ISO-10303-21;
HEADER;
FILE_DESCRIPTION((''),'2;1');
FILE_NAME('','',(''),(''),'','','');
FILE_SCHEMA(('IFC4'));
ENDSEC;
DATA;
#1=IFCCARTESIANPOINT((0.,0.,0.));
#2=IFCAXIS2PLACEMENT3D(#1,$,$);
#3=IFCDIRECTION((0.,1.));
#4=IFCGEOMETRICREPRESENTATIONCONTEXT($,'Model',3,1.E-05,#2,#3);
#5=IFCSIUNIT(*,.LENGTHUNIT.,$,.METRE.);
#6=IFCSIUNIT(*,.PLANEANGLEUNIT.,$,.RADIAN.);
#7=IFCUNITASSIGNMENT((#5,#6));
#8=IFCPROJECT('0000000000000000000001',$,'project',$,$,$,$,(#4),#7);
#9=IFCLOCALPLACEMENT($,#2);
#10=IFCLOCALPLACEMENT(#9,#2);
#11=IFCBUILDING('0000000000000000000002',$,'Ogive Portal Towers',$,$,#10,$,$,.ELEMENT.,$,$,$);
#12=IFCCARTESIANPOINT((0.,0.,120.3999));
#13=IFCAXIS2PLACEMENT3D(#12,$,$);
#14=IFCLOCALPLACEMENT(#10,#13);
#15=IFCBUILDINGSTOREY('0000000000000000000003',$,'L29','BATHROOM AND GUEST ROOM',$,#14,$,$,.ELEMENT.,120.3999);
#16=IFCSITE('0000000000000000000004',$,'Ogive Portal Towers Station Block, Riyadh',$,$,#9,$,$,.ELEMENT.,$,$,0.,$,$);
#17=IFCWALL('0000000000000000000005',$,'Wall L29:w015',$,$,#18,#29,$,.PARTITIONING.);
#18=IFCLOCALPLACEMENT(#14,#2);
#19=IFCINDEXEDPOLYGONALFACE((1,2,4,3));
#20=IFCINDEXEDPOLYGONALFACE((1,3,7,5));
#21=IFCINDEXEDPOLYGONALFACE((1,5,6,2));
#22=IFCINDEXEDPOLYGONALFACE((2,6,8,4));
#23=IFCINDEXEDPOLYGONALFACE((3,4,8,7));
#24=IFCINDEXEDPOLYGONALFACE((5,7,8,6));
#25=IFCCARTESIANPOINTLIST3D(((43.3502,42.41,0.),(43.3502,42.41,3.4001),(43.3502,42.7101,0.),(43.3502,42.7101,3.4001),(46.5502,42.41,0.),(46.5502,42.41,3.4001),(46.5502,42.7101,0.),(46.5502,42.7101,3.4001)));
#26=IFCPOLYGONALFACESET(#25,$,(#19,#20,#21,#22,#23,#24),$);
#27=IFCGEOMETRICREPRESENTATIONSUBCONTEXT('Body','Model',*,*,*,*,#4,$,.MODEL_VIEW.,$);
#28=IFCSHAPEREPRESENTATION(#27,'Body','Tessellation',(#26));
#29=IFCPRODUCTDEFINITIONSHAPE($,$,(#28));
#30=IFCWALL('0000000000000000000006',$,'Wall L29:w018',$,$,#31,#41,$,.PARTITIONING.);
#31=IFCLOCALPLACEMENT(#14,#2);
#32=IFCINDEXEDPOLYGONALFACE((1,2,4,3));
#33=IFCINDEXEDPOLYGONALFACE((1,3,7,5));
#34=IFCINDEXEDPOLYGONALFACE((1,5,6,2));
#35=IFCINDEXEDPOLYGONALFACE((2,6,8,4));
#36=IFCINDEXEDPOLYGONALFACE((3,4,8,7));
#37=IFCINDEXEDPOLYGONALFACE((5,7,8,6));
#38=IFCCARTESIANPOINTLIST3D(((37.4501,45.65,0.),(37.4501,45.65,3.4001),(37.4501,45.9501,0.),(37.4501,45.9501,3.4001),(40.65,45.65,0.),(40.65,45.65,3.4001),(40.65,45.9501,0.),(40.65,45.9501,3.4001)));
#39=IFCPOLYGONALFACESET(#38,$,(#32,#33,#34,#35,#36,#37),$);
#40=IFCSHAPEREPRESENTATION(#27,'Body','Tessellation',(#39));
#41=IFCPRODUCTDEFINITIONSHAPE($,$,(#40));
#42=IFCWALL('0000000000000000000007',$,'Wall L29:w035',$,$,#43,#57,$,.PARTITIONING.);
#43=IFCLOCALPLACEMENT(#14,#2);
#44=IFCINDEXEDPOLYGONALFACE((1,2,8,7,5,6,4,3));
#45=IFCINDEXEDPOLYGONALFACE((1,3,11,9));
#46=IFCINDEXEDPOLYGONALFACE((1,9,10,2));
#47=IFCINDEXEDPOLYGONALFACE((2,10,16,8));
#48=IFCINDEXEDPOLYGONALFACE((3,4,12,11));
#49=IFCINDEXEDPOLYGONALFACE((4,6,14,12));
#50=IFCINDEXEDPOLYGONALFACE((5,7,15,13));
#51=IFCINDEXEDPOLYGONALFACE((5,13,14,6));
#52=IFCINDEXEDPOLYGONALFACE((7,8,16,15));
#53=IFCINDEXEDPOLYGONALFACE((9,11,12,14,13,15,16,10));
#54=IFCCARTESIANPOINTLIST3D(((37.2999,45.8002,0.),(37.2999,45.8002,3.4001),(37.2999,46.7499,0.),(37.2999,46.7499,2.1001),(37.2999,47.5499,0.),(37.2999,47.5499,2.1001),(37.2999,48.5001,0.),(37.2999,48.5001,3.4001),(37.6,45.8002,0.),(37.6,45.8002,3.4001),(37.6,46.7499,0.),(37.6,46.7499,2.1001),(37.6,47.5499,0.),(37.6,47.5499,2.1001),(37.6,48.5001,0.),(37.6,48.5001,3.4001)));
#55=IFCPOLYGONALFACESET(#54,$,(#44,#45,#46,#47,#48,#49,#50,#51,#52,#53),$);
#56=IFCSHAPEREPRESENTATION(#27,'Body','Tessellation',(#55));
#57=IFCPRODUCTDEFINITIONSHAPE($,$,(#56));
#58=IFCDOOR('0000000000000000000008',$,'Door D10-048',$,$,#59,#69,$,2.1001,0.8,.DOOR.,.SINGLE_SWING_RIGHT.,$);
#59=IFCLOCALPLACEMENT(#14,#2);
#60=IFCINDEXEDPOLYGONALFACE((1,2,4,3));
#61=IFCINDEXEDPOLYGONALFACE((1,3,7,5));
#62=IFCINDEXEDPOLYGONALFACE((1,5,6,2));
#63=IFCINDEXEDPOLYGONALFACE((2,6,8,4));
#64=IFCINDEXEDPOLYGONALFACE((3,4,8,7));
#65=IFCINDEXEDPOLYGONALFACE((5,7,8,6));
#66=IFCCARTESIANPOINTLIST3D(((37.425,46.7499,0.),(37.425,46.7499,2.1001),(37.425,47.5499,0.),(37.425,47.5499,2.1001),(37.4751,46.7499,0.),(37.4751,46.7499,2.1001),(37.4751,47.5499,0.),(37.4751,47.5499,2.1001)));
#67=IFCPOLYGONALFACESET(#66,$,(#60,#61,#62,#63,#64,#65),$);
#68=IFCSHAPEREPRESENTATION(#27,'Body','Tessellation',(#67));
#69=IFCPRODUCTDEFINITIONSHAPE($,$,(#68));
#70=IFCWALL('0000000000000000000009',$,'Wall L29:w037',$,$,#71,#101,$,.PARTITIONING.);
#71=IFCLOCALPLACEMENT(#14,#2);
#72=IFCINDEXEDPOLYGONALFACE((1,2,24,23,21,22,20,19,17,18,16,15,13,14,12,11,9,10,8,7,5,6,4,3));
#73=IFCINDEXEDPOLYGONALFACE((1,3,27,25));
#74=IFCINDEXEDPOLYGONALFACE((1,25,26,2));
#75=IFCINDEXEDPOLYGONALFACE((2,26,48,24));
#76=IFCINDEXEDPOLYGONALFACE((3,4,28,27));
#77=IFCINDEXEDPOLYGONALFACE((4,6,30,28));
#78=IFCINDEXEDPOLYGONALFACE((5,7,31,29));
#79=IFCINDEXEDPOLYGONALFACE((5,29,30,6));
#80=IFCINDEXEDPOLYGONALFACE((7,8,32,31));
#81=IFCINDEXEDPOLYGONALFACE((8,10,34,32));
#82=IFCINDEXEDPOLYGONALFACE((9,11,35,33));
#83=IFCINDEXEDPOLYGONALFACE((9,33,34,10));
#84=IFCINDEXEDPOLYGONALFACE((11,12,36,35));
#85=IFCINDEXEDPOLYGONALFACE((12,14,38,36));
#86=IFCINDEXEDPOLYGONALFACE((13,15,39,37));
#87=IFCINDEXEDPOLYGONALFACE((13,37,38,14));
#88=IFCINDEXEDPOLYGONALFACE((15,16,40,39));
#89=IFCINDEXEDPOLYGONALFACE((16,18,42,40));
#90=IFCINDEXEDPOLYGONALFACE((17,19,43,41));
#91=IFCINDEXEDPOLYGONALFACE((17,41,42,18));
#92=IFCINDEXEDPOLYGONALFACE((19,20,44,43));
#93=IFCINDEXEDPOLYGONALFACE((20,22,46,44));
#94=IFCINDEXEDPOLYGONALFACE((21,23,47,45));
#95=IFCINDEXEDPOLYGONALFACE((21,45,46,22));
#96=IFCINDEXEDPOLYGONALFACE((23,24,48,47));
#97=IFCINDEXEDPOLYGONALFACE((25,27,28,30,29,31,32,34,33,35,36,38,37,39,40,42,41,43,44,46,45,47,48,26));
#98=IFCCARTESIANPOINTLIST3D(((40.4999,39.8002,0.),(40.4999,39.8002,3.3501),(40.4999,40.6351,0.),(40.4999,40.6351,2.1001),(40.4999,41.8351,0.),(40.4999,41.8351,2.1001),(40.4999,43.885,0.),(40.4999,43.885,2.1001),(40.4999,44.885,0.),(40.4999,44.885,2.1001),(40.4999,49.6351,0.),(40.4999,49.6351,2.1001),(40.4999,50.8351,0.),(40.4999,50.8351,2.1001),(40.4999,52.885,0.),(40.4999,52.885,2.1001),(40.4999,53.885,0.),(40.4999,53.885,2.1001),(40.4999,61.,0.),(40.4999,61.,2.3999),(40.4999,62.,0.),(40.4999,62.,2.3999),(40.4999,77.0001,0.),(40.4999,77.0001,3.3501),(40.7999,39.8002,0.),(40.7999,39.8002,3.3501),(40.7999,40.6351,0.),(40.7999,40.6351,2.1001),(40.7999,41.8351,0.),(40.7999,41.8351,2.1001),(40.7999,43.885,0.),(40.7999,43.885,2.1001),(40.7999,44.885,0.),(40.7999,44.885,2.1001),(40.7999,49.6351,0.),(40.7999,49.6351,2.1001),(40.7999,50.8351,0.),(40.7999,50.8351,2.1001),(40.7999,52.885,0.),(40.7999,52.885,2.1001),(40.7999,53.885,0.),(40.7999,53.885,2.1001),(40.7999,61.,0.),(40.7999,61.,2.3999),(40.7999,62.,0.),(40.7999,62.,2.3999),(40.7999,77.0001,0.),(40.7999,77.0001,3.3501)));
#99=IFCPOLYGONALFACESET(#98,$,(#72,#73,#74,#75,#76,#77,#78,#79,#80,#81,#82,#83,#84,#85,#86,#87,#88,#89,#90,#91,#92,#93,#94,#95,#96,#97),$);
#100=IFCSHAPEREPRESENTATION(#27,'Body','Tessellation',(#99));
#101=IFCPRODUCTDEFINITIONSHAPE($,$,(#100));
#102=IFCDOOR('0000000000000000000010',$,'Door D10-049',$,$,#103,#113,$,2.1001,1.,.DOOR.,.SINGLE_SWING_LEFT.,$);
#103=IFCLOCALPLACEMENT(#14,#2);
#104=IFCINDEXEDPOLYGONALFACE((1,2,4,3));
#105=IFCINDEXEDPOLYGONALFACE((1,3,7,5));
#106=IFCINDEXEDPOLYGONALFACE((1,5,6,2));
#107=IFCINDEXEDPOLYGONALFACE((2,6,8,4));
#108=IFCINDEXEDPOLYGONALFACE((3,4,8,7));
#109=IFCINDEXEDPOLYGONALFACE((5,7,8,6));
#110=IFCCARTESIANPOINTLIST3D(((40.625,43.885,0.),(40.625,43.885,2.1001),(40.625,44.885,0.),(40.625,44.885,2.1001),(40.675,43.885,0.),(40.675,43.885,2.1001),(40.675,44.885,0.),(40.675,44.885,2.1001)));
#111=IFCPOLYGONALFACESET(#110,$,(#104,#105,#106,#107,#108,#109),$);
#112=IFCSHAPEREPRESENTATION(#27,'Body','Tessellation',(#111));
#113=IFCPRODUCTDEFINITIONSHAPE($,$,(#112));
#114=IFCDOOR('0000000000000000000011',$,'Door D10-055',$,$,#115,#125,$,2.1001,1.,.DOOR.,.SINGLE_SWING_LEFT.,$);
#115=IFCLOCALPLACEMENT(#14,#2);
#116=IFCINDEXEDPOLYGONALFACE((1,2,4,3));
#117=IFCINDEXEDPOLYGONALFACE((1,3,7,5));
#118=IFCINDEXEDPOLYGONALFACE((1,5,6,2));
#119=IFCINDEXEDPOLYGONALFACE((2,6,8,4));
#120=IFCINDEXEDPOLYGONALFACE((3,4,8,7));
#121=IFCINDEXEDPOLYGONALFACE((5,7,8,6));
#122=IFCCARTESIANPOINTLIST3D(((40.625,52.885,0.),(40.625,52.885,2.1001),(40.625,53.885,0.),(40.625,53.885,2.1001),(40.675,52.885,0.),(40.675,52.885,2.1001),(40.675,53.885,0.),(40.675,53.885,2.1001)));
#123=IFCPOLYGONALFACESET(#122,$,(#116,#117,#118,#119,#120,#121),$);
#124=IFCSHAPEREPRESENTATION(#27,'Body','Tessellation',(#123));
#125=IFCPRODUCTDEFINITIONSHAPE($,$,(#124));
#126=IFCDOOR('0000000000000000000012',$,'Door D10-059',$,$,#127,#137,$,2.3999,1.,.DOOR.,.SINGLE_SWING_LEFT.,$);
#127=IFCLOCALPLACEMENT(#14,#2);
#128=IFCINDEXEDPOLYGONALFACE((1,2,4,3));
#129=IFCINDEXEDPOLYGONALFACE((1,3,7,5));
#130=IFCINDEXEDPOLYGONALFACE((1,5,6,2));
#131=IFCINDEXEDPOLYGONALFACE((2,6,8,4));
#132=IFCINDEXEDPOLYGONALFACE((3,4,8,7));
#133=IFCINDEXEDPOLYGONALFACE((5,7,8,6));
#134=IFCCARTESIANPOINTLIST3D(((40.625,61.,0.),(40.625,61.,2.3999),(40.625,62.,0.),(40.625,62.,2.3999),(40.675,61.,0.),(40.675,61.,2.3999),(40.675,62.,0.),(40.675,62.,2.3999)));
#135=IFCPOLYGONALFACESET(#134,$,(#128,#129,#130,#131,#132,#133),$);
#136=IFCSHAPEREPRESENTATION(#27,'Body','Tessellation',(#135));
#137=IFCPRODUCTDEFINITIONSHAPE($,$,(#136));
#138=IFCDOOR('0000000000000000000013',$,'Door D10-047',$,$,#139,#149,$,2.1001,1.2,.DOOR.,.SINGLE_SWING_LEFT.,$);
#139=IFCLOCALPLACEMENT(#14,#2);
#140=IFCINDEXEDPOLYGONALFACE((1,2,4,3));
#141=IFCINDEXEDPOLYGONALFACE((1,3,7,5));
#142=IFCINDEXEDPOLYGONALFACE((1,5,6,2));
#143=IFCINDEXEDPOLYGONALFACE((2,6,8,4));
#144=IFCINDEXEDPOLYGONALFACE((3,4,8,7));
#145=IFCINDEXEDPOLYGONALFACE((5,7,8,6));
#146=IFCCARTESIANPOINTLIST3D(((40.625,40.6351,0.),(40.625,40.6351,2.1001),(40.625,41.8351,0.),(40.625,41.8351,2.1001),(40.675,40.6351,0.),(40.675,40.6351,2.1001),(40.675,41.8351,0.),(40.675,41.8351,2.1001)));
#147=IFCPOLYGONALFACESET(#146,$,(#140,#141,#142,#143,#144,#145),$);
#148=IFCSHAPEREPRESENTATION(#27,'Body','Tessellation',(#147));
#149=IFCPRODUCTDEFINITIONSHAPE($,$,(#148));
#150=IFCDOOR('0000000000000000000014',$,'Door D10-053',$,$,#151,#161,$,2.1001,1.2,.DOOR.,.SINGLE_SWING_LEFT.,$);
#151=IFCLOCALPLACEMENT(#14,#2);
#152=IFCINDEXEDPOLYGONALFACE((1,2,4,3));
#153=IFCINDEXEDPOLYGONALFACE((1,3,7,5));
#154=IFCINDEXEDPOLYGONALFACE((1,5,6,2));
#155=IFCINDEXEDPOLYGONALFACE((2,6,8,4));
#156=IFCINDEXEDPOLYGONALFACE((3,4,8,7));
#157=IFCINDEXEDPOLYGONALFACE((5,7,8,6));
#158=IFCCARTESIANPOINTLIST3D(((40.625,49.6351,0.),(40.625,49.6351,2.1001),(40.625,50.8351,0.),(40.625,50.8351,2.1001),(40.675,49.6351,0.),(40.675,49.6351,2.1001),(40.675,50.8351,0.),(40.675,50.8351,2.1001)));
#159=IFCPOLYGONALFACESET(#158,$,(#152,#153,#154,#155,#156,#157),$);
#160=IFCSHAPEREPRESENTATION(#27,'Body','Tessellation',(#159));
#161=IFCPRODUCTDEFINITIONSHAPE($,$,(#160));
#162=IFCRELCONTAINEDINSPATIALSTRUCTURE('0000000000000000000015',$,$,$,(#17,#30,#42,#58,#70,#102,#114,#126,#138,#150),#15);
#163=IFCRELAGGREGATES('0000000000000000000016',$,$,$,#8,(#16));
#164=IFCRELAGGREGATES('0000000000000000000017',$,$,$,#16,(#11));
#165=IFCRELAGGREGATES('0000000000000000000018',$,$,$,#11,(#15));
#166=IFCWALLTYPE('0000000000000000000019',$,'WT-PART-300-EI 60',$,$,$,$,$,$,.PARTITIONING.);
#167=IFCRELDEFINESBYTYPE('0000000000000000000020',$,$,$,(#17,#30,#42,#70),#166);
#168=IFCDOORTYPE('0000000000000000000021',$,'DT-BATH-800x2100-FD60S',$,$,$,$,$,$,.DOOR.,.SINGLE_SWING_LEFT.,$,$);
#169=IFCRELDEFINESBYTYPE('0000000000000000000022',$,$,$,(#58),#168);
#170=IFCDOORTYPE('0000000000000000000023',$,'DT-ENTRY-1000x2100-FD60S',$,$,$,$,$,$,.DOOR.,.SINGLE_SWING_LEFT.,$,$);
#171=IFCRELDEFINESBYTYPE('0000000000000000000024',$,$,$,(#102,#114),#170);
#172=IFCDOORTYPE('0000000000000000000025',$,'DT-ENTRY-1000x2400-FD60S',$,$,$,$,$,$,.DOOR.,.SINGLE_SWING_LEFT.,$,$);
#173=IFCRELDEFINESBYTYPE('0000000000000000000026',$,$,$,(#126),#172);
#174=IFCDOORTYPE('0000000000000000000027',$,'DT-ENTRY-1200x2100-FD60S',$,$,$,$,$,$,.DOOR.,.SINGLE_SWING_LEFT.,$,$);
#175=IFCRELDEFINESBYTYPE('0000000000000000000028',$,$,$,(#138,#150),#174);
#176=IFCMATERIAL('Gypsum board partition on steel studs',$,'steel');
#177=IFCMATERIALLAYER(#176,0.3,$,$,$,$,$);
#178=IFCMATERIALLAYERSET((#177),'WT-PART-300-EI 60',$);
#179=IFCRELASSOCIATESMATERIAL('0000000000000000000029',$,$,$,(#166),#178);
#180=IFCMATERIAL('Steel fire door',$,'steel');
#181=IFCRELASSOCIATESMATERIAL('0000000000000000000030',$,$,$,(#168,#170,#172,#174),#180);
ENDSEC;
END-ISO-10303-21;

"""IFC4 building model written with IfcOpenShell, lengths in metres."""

from ifc_helpers import new_model, si_unit, direction, frame, frame_2d, origin, place, context, subcontext, project, spatial, rectangle, extrude, material, layer, layer_set, type_object, element, fill, save


model = new_model("IFC4")

# Units and contexts
model_context = context("Model", 3, precision=1e-05, world=origin(), true_north=direction((0.0, 1.0)))
body_context = subcontext(model_context, "Body", "Model", "MODEL_VIEW")
ifc_project = project(units=[si_unit("LENGTHUNIT", "METRE"), si_unit("PLANEANGLEUNIT", "RADIAN")], contexts=[model_context])

# Site, building, storey
site_placement = place(None, origin())
site = spatial("IfcSite", under=ifc_project, at=site_placement, Name="Ogive Portal Towers Station Block, Riyadh", CompositionType="ELEMENT", RefElevation=0.0)
building_placement = place(site_placement, origin())
building = spatial("IfcBuilding", under=site, at=building_placement, Name="Ogive Portal Towers", CompositionType="ELEMENT")
storey_placement = place(building_placement, frame((0.0, 0.0, 120.3999)))
storey = spatial("IfcBuildingStorey", under=building, at=storey_placement, Name="L29", Description="BATHROOM AND GUEST ROOM", CompositionType="ELEMENT", Elevation=120.3999)

# Walls
ifc_material_1 = material(Name="Gypsum board partition on steel studs", Category="steel")
ifc_layer_1 = layer(ifc_material_1, 0.3)
ifc_layer_set_1 = layer_set([ifc_layer_1], Name="WT-PART-300-EI 60")
wall_type_1 = type_object("IfcWallType", Name="WT-PART-300-EI 60", PredefinedType="PARTITIONING", material=ifc_layer_set_1)
for number, where, z_axis, x_axis, name in (
    (1, (43.3501, 42.5601, 0.0), (0.0, 0.0, 1.0), (1.0, 0.0, 0.0), "Wall L29:w015"),
    (2, (37.45, 45.8, 0.0), (0.0, 0.0, 1.0), (1.0, 0.0, 0.0), "Wall L29:w018"),
):
    element("IfcWall", number, at=place(storey_placement, frame(where, z_axis=z_axis, x_axis=x_axis)), inside=storey, type_object=wall_type_1, Name=name, PredefinedType="PARTITIONING", context=body_context, shape_type="SweptSolid", body=[
        extrude(rectangle(XDim=3.2, YDim=0.3, at=frame_2d((1.6001, 0.0))), origin(), (0.0, 0.0, 1.0), 3.4001),
    ])

# Wall, opening, door
wall_1_placement = place(storey_placement, frame((37.45, 45.8, 0.0), z_axis=(0.0, 0.0, 1.0), x_axis=(0.0, 1.0, 0.0)))
wall_1 = element("IfcWall", 3, at=wall_1_placement, inside=storey, type_object=wall_type_1, Name="Wall L29:w035", PredefinedType="PARTITIONING", context=body_context, shape_type="SweptSolid", body=[
    extrude(rectangle(XDim=2.7, YDim=0.3, at=frame_2d((1.3501, 0.0))), origin(), (0.0, 0.0, 1.0), 3.4001),
])
opening_1_placement = place(wall_1_placement, frame((0.95, 0.0, 0.0)))
opening_1 = element("IfcOpeningElement", 4, at=opening_1_placement, cuts=wall_1, PredefinedType="OPENING", context=body_context, shape_type="SweptSolid", body=[
    extrude(rectangle(XDim=0.8, YDim=2.1001, at=frame_2d((0.3999, 1.05))), frame((0.0, 0.1602, 0.0), z_axis=(0.0, -1.0, 0.0), x_axis=(1.0, 0.0, 0.0)), (0.0, 0.0, 1.0), 0.3201),
])
ifc_material_2 = material(Name="Steel fire door", Category="steel")
door_type_1 = type_object("IfcDoorType", Name="DT-BATH-800x2100-FD60S", OperationType="SINGLE_SWING_LEFT", PredefinedType="DOOR", material=ifc_material_2)
door_1_placement = place(opening_1_placement, origin())
door_1 = element("IfcDoor", 5, at=door_1_placement, inside=storey, type_object=door_type_1, Name="Door D10-048", OperationType="SINGLE_SWING_RIGHT", OverallHeight=2.1001, OverallWidth=0.8, PredefinedType="DOOR", context=body_context, shape_type="SweptSolid", body=[
    extrude(rectangle(XDim=0.8, YDim=2.1001, at=frame_2d((0.3999, 1.05))), frame((0.0, 0.0249, 0.0), z_axis=(0.0, -1.0, 0.0), x_axis=(1.0, 0.0, 0.0)), (0.0, 0.0, 1.0), 0.05),
])
fill(opening_1, door_1)

# Wall, openings, doors
wall_2_placement = place(storey_placement, frame((40.6499, 39.8, 0.0), z_axis=(0.0, 0.0, 1.0), x_axis=(0.0, 1.0, 0.0)))
wall_2 = element("IfcWall", 6, at=wall_2_placement, inside=storey, type_object=wall_type_1, Name="Wall L29:w037", PredefinedType="PARTITIONING", context=body_context, shape_type="SweptSolid", body=[
    extrude(rectangle(XDim=37.2, YDim=0.3, at=frame_2d((18.6001, 0.0))), origin(), (0.0, 0.0, 1.0), 3.3501),
])
opening_2_placement = place(wall_2_placement, frame((0.835, 0.0, 0.0)))
opening_2 = element("IfcOpeningElement", 7, at=opening_2_placement, cuts=wall_2, PredefinedType="OPENING", context=body_context, shape_type="SweptSolid", body=[
    extrude(rectangle(XDim=1.2, YDim=2.1001, at=frame_2d((0.6001, 1.05))), frame((0.0, 0.1602, 0.0), z_axis=(0.0, -1.0, 0.0), x_axis=(1.0, 0.0, 0.0)), (0.0, 0.0, 1.0), 0.3201),
])
opening_3_placement = place(wall_2_placement, frame((4.085, 0.0, 0.0)))
opening_3 = element("IfcOpeningElement", 8, at=opening_3_placement, cuts=wall_2, PredefinedType="OPENING", context=body_context, shape_type="SweptSolid", body=[
    extrude(rectangle(XDim=1.0, YDim=2.1001, at=frame_2d((0.5, 1.05))), frame((0.0, 0.1602, 0.0), z_axis=(0.0, -1.0, 0.0), x_axis=(1.0, 0.0, 0.0)), (0.0, 0.0, 1.0), 0.3201),
])
opening_4_placement = place(wall_2_placement, frame((9.835, 0.0, 0.0)))
opening_4 = element("IfcOpeningElement", 9, at=opening_4_placement, cuts=wall_2, PredefinedType="OPENING", context=body_context, shape_type="SweptSolid", body=[
    extrude(rectangle(XDim=1.2, YDim=2.1001, at=frame_2d((0.6001, 1.05))), frame((0.0, 0.1602, 0.0), z_axis=(0.0, -1.0, 0.0), x_axis=(1.0, 0.0, 0.0)), (0.0, 0.0, 1.0), 0.3201),
])
opening_5_placement = place(wall_2_placement, frame((13.085, 0.0, 0.0)))
opening_5 = element("IfcOpeningElement", 10, at=opening_5_placement, cuts=wall_2, PredefinedType="OPENING", context=body_context, shape_type="SweptSolid", body=[
    extrude(rectangle(XDim=1.0, YDim=2.1001, at=frame_2d((0.5, 1.05))), frame((0.0, 0.1602, 0.0), z_axis=(0.0, -1.0, 0.0), x_axis=(1.0, 0.0, 0.0)), (0.0, 0.0, 1.0), 0.3201),
])
opening_6_placement = place(wall_2_placement, frame((21.2, 0.0, 0.0)))
opening_6 = element("IfcOpeningElement", 11, at=opening_6_placement, cuts=wall_2, PredefinedType="OPENING", context=body_context, shape_type="SweptSolid", body=[
    extrude(rectangle(XDim=1.0, YDim=2.3999, at=frame_2d((0.5, 1.2))), frame((0.0, 0.1602, 0.0), z_axis=(0.0, -1.0, 0.0), x_axis=(1.0, 0.0, 0.0)), (0.0, 0.0, 1.0), 0.3201),
])
door_type_2 = type_object("IfcDoorType", Name="DT-ENTRY-1000x2100-FD60S", OperationType="SINGLE_SWING_LEFT", PredefinedType="DOOR", material=ifc_material_2)
door_2_placement = place(opening_3_placement, origin())
door_2 = element("IfcDoor", 12, at=door_2_placement, inside=storey, type_object=door_type_2, Name="Door D10-049", OperationType="SINGLE_SWING_LEFT", OverallHeight=2.1001, OverallWidth=1.0, PredefinedType="DOOR", context=body_context, shape_type="SweptSolid", body=[
    extrude(rectangle(XDim=1.0, YDim=2.1001, at=frame_2d((0.5, 1.05))), frame((0.0, 0.0249, 0.0), z_axis=(0.0, -1.0, 0.0), x_axis=(1.0, 0.0, 0.0)), (0.0, 0.0, 1.0), 0.05),
])
fill(opening_3, door_2)
door_3_placement = place(opening_5_placement, origin())
door_3 = element("IfcDoor", 13, at=door_3_placement, inside=storey, type_object=door_type_2, Name="Door D10-055", OperationType="SINGLE_SWING_LEFT", OverallHeight=2.1001, OverallWidth=1.0, PredefinedType="DOOR", context=body_context, shape_type="SweptSolid", body=[
    extrude(rectangle(XDim=1.0, YDim=2.1001, at=frame_2d((0.5, 1.05))), frame((0.0, 0.0249, 0.0), z_axis=(0.0, -1.0, 0.0), x_axis=(1.0, 0.0, 0.0)), (0.0, 0.0, 1.0), 0.05),
])
fill(opening_5, door_3)
door_type_3 = type_object("IfcDoorType", Name="DT-ENTRY-1000x2400-FD60S", OperationType="SINGLE_SWING_LEFT", PredefinedType="DOOR", material=ifc_material_2)
door_4_placement = place(opening_6_placement, origin())
door_4 = element("IfcDoor", 14, at=door_4_placement, inside=storey, type_object=door_type_3, Name="Door D10-059", OperationType="SINGLE_SWING_LEFT", OverallHeight=2.3999, OverallWidth=1.0, PredefinedType="DOOR", context=body_context, shape_type="SweptSolid", body=[
    extrude(rectangle(XDim=1.0, YDim=2.3999, at=frame_2d((0.5, 1.2))), frame((0.0, 0.0249, 0.0), z_axis=(0.0, -1.0, 0.0), x_axis=(1.0, 0.0, 0.0)), (0.0, 0.0, 1.0), 0.05),
])
fill(opening_6, door_4)
door_type_4 = type_object("IfcDoorType", Name="DT-ENTRY-1200x2100-FD60S", OperationType="SINGLE_SWING_LEFT", PredefinedType="DOOR", material=ifc_material_2)
door_5_placement = place(opening_2_placement, origin())
door_5 = element("IfcDoor", 15, at=door_5_placement, inside=storey, type_object=door_type_4, Name="Door D10-047", OperationType="SINGLE_SWING_LEFT", OverallHeight=2.1001, OverallWidth=1.2, PredefinedType="DOOR", context=body_context, shape_type="SweptSolid", body=[
    extrude(rectangle(XDim=1.2, YDim=2.1001, at=frame_2d((0.6001, 1.05))), frame((0.0, 0.0249, 0.0), z_axis=(0.0, -1.0, 0.0), x_axis=(1.0, 0.0, 0.0)), (0.0, 0.0, 1.0), 0.05),
])
fill(opening_2, door_5)
door_6_placement = place(opening_4_placement, origin())
door_6 = element("IfcDoor", 16, at=door_6_placement, inside=storey, type_object=door_type_4, Name="Door D10-053", OperationType="SINGLE_SWING_LEFT", OverallHeight=2.1001, OverallWidth=1.2, PredefinedType="DOOR", context=body_context, shape_type="SweptSolid", body=[
    extrude(rectangle(XDim=1.2, YDim=2.1001, at=frame_2d((0.6001, 1.05))), frame((0.0, 0.0249, 0.0), z_axis=(0.0, -1.0, 0.0), x_axis=(1.0, 0.0, 0.0)), (0.0, 0.0, 1.0), 0.05),
])
fill(opening_4, door_6)

save(model, "model.ifc")
